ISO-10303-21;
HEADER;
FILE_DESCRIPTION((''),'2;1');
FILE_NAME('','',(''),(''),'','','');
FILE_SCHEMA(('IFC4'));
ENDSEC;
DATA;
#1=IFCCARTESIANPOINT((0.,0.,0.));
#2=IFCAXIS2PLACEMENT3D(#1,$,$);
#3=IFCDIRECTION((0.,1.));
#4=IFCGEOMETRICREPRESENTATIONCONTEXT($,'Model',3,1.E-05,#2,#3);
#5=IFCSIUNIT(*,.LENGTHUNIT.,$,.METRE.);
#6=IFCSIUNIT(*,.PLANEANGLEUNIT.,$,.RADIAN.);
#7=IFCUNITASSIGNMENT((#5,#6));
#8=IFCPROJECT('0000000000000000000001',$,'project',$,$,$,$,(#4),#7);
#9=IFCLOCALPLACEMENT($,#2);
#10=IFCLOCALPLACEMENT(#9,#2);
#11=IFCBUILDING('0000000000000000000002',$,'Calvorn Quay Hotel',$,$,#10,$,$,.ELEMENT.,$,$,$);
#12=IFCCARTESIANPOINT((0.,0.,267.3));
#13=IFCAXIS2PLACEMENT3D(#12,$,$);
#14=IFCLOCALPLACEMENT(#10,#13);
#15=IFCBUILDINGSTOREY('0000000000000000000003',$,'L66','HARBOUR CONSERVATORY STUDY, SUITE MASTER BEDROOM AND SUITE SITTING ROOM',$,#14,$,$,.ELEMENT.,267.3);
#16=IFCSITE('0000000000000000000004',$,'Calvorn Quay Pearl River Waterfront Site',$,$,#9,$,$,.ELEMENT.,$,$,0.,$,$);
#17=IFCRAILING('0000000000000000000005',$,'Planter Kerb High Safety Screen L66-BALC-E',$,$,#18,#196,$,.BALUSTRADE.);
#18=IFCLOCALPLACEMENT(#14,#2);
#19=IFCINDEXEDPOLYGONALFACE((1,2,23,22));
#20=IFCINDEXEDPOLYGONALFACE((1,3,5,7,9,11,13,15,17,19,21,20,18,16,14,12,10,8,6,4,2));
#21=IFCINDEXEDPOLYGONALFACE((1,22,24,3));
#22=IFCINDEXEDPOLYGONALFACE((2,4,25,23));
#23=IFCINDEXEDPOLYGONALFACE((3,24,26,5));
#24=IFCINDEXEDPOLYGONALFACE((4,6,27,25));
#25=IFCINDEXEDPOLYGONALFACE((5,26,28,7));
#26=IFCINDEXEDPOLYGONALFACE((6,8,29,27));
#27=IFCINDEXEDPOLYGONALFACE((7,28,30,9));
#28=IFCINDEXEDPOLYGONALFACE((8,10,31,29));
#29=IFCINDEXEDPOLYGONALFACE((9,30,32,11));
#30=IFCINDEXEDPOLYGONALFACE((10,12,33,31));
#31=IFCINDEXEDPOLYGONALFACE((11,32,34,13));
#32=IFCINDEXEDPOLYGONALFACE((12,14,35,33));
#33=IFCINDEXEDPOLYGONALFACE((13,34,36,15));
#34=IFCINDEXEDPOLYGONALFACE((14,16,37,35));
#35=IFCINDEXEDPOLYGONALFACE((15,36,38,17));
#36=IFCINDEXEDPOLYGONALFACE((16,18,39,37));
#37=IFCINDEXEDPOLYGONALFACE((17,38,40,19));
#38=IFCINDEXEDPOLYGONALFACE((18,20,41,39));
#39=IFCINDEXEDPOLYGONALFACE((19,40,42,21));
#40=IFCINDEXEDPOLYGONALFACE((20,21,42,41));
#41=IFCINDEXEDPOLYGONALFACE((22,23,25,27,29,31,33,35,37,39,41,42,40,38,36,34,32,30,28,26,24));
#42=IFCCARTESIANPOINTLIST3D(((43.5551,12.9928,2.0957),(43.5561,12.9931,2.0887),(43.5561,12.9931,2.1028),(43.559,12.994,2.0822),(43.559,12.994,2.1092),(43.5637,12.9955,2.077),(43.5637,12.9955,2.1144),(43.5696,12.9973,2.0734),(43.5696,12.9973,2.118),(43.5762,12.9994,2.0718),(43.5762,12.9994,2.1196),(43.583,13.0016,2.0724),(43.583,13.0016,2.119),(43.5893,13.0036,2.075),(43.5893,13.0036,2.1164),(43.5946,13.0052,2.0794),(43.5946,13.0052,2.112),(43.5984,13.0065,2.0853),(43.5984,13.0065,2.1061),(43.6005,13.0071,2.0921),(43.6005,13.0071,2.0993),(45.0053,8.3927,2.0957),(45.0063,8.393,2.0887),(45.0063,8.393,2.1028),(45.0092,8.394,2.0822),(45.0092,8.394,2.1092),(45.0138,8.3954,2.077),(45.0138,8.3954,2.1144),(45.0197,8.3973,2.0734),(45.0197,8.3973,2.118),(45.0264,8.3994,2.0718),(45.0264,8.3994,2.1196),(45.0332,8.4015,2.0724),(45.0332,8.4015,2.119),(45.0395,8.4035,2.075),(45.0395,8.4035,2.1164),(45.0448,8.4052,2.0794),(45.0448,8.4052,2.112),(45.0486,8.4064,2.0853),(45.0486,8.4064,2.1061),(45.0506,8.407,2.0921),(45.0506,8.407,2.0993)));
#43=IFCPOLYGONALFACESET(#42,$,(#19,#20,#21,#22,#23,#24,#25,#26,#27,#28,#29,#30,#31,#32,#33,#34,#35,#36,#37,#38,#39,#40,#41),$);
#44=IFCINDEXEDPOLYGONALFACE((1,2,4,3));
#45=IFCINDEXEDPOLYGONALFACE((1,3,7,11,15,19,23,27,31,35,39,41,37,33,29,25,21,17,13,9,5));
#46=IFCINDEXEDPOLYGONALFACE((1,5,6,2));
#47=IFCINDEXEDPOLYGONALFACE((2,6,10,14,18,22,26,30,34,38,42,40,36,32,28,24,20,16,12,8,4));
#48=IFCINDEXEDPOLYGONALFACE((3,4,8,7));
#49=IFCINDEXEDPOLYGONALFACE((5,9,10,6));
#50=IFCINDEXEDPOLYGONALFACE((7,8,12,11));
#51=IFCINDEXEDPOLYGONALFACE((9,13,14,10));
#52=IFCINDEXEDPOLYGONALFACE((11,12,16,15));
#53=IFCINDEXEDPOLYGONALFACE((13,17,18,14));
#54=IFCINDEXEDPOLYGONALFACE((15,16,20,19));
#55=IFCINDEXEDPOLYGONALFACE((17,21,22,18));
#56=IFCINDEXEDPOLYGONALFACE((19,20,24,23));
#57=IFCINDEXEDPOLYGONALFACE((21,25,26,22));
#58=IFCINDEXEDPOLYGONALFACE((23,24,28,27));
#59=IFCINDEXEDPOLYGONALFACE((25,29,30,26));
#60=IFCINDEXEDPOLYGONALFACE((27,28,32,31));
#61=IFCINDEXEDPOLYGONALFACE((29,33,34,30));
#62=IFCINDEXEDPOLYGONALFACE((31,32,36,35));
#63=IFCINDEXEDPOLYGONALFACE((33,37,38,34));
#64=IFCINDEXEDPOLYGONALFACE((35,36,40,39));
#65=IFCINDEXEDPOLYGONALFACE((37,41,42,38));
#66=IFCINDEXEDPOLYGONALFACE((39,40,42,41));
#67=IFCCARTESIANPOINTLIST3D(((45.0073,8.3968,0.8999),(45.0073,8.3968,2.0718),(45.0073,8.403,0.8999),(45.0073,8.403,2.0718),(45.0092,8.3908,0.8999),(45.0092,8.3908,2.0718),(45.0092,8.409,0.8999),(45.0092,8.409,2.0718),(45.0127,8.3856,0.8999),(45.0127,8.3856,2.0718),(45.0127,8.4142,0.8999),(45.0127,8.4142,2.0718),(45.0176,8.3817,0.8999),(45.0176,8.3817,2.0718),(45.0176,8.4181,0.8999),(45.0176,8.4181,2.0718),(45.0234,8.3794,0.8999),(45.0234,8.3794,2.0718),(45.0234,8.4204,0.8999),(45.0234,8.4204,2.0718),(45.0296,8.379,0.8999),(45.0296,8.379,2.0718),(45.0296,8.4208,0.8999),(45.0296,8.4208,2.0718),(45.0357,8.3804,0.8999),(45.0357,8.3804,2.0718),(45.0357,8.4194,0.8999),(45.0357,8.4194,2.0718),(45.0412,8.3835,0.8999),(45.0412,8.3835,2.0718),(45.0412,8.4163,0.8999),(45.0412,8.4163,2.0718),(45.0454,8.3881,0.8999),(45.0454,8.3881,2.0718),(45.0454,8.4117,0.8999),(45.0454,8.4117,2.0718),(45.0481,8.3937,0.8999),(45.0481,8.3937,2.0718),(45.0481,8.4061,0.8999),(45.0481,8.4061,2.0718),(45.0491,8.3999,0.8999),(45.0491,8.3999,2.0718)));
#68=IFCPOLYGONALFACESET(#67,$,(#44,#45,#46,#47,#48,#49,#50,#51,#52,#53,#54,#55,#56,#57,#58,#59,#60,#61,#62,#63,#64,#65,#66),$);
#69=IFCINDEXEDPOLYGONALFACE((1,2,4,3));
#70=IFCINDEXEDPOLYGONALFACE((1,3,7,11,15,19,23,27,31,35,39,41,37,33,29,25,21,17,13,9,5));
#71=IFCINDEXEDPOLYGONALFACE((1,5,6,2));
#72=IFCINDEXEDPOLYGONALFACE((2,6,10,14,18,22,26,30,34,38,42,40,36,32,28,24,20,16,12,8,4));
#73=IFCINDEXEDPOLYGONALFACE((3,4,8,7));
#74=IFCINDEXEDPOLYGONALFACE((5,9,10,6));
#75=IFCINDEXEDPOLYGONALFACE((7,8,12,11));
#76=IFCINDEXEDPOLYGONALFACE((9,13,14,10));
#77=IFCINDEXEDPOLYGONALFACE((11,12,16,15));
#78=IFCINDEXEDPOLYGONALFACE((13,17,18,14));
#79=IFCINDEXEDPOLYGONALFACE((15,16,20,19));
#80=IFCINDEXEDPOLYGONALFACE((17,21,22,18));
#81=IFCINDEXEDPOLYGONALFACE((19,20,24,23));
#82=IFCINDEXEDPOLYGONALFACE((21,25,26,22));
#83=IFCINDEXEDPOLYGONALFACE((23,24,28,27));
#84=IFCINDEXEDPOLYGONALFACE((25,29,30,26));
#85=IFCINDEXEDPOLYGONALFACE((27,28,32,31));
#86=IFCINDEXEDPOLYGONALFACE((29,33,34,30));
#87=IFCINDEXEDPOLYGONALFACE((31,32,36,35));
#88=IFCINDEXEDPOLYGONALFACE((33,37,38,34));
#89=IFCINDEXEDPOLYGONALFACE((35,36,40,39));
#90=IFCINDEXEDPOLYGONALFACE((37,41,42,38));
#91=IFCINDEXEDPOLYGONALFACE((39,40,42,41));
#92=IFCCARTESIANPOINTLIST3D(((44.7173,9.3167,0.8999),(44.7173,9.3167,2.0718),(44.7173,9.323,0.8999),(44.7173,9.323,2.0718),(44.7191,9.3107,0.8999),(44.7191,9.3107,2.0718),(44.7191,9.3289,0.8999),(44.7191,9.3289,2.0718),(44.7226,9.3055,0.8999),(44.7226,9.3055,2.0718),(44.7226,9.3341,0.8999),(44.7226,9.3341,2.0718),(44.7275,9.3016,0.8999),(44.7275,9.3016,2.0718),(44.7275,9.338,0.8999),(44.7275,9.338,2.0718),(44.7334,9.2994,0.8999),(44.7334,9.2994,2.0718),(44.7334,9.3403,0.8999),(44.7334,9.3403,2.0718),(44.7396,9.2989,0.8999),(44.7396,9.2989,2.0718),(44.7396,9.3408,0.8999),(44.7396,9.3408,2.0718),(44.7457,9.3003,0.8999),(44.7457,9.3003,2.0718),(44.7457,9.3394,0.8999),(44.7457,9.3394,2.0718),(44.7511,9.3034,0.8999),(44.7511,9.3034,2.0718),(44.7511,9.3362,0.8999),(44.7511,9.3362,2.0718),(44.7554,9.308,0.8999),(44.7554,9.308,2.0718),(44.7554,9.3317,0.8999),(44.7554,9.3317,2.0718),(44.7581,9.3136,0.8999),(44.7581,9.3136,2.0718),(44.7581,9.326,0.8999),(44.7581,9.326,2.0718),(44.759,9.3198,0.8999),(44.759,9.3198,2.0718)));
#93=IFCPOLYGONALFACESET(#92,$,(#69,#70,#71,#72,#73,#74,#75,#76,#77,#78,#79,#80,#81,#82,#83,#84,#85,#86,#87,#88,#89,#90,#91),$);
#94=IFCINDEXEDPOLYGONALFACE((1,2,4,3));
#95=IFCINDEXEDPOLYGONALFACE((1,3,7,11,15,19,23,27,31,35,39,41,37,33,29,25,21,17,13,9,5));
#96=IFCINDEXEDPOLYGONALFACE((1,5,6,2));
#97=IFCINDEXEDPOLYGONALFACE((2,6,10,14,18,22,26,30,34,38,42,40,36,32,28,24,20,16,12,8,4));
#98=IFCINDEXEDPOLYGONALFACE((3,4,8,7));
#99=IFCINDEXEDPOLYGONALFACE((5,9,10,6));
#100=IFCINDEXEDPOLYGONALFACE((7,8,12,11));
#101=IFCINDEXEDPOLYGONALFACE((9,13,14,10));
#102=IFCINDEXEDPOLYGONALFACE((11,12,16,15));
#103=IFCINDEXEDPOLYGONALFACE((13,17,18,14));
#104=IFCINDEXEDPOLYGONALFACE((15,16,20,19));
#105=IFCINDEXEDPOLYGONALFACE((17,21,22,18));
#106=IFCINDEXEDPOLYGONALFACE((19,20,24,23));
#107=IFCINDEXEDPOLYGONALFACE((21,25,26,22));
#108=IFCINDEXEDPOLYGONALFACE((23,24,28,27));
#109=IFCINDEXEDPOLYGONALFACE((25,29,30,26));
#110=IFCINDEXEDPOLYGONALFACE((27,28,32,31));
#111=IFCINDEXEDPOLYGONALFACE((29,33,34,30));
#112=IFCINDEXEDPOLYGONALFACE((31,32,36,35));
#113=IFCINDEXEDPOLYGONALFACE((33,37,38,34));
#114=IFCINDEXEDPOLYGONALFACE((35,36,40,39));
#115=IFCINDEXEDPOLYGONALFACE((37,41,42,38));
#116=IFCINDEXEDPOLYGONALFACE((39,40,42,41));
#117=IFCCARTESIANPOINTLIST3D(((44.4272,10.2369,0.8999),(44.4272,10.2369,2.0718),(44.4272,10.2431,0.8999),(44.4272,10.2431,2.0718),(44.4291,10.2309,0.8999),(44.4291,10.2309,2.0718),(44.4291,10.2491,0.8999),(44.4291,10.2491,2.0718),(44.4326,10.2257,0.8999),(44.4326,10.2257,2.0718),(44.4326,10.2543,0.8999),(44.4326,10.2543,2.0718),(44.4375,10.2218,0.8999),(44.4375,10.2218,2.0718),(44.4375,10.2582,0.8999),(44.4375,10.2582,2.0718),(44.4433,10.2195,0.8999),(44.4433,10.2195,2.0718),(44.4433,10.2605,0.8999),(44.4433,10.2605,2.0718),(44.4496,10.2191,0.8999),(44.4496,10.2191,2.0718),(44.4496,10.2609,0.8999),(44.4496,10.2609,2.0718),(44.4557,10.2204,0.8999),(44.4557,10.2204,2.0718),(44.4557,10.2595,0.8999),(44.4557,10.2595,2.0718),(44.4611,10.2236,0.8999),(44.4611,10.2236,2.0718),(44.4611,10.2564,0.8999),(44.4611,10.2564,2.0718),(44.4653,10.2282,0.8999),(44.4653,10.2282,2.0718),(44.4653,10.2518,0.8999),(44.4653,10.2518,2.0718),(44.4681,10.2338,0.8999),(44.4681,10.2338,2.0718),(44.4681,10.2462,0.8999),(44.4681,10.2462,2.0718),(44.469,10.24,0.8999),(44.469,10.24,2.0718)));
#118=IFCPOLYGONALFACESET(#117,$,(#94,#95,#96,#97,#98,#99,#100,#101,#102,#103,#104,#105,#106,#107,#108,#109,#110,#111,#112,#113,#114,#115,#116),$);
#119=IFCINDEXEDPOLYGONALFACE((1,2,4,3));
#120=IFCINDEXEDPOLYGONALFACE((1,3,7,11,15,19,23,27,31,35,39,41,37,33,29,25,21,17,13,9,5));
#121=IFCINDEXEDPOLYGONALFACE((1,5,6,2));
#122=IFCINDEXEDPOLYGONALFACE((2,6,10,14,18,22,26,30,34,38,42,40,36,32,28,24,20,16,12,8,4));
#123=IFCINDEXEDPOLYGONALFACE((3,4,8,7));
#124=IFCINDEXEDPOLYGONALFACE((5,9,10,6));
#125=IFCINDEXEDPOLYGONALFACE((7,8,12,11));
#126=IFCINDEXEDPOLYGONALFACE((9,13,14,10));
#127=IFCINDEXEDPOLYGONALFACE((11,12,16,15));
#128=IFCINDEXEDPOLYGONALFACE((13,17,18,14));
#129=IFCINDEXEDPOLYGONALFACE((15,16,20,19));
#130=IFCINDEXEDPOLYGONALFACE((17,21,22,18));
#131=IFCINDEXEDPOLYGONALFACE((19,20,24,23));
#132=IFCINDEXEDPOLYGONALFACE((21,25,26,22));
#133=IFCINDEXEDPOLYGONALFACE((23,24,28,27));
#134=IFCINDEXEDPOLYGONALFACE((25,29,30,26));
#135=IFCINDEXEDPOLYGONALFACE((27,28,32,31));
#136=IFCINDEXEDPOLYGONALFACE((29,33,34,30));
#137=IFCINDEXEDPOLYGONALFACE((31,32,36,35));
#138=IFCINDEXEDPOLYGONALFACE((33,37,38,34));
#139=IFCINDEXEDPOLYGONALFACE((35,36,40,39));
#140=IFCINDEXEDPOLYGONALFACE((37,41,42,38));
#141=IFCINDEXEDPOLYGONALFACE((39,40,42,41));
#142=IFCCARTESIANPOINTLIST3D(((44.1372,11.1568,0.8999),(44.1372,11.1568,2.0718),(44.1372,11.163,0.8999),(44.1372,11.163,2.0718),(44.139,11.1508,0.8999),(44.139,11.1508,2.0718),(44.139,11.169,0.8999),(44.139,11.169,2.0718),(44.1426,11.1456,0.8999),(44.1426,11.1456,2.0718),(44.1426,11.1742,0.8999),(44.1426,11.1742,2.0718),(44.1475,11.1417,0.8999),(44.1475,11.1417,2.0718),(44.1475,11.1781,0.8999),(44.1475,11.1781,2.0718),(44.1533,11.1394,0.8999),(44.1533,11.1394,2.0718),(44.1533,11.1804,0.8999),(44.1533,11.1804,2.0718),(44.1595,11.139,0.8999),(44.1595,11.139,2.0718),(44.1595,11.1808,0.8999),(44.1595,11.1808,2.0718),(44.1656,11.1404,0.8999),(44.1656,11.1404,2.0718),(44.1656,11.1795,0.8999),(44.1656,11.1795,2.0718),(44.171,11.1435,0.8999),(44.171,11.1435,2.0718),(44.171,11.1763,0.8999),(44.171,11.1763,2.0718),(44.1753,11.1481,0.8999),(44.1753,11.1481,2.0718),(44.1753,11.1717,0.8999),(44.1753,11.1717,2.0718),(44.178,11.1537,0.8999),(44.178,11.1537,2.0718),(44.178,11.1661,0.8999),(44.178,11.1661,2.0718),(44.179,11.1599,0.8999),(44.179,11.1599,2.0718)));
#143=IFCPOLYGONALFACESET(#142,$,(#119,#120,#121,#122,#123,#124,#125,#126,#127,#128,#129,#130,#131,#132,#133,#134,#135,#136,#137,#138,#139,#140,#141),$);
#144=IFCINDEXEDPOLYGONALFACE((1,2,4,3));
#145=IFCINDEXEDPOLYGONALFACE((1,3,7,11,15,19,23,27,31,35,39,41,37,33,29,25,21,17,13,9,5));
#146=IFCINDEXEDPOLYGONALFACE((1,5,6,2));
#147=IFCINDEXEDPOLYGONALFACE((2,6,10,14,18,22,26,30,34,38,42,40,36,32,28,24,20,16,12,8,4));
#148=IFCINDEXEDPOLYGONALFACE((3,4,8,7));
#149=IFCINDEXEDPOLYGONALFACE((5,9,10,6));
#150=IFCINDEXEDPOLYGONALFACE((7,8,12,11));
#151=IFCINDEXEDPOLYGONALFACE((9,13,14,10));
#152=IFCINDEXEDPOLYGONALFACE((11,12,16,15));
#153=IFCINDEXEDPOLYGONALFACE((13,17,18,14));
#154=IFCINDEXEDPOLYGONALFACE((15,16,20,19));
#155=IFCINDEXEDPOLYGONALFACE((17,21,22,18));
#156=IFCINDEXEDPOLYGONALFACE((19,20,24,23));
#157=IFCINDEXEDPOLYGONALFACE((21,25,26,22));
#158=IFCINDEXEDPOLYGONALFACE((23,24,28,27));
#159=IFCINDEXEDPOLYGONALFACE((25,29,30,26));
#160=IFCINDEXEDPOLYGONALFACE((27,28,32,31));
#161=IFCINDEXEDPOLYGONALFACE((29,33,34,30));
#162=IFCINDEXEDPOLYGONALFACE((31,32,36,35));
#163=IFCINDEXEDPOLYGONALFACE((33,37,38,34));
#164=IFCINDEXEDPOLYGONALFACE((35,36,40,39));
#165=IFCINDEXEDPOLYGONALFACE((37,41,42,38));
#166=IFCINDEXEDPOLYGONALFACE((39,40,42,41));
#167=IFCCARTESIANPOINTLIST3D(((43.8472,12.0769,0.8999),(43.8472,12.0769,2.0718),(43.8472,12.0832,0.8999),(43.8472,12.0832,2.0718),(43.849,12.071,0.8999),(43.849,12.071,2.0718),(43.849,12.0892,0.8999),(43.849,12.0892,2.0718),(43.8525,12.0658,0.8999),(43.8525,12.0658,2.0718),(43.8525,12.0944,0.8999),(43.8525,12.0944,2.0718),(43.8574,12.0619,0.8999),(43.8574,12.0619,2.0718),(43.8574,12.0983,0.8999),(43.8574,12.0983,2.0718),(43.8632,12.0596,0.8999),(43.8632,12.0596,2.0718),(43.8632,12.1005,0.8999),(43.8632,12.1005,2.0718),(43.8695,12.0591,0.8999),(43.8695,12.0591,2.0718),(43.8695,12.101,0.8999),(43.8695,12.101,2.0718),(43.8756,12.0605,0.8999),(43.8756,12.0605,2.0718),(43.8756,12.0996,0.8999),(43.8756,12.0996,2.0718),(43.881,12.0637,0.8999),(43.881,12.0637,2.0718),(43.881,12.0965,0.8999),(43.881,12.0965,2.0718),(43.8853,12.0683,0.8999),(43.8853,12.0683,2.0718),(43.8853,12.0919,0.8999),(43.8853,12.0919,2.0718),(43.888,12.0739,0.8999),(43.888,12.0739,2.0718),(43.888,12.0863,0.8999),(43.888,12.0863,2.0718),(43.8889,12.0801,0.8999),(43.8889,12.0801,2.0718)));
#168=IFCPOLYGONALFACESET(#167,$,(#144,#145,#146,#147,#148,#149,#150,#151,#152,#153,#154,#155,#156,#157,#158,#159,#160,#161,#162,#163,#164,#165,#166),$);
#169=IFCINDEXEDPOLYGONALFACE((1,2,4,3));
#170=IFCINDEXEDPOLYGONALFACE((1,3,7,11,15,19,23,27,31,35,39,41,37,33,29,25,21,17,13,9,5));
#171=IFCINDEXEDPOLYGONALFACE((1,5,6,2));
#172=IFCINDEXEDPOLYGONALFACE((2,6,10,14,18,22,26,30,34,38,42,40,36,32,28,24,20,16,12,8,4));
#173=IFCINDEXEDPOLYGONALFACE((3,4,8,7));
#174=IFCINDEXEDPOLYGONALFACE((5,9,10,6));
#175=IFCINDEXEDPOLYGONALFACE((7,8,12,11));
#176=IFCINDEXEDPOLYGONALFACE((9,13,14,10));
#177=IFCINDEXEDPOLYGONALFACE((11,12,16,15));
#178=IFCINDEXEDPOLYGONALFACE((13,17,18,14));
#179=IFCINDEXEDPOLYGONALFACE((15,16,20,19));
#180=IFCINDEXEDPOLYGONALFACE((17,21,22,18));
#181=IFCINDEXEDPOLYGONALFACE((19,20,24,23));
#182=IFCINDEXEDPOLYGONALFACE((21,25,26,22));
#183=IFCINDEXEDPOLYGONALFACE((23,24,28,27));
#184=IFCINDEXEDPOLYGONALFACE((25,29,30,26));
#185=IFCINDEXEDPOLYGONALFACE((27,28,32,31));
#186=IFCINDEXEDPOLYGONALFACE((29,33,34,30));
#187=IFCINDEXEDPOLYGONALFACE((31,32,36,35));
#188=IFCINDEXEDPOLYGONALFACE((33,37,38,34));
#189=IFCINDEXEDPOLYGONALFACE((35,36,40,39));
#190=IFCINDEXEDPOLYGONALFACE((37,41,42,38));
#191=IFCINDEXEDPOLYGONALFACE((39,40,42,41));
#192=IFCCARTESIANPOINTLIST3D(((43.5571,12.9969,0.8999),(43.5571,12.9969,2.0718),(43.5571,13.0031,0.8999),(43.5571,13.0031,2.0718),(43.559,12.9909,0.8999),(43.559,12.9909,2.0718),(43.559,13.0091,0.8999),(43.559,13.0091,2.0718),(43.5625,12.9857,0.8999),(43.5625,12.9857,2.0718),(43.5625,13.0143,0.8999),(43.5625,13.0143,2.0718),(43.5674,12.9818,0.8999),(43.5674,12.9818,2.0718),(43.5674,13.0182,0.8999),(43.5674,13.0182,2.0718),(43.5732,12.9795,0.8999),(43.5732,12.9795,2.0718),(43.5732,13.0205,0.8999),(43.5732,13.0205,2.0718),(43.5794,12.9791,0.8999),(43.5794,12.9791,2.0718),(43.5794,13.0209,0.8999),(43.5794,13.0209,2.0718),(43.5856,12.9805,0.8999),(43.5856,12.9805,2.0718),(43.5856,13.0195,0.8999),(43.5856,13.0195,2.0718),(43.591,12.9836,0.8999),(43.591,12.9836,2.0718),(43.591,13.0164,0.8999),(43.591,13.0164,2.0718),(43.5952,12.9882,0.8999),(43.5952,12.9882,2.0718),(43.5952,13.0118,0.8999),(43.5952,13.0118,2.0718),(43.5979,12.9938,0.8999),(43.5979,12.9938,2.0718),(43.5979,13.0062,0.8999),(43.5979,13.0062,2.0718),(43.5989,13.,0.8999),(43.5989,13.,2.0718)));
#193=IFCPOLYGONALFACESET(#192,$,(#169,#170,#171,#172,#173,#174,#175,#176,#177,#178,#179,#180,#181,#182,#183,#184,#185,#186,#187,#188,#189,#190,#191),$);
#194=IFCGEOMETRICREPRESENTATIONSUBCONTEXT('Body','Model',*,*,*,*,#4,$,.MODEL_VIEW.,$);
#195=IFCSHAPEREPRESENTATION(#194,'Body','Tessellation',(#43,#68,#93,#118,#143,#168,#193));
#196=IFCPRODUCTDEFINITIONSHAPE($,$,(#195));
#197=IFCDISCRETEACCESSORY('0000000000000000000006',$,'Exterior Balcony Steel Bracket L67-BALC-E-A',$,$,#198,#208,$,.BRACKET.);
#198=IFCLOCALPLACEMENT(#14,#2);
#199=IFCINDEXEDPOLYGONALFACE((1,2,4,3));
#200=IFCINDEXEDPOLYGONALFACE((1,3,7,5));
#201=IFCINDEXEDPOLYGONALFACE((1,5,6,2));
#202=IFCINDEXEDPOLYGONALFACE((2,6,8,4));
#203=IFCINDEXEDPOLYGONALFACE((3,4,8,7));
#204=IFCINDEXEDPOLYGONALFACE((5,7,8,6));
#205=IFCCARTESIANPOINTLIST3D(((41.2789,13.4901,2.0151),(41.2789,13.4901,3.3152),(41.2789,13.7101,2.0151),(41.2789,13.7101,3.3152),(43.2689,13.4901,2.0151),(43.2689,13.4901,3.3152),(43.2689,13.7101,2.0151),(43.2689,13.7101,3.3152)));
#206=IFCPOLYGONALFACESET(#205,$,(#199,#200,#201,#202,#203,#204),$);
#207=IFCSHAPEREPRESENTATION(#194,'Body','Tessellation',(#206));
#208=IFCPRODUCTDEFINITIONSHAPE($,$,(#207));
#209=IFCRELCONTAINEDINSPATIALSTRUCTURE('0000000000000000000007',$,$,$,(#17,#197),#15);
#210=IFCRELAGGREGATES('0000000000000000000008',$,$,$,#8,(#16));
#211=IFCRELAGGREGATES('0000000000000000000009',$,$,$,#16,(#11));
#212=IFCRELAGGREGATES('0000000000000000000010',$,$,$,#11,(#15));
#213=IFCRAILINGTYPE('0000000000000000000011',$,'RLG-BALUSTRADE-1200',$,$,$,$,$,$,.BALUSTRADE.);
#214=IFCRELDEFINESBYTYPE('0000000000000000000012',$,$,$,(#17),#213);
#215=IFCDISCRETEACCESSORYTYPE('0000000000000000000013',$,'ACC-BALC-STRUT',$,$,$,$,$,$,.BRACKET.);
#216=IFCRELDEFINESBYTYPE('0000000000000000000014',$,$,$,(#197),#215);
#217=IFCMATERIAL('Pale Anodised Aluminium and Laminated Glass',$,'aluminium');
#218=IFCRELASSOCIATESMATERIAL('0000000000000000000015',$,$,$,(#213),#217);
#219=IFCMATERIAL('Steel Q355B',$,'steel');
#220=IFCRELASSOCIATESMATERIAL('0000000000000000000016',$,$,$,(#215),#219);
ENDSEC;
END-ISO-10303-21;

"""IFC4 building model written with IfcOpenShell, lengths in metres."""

from ifc_helpers import new_model, si_unit, direction, frame, origin, origin_2d, place, context, subcontext, project, spatial, rectangle, circle, extrude, material, type_object, element, save


model = new_model("IFC4")

# Units and contexts
model_context = context("Model", 3, precision=1e-05, world=origin(), true_north=direction((0.0, 1.0)))
body_context = subcontext(model_context, "Body", "Model", "MODEL_VIEW")
ifc_project = project(units=[si_unit("LENGTHUNIT", "METRE"), si_unit("PLANEANGLEUNIT", "RADIAN")], contexts=[model_context])

# Site, building, storey
site_placement = place(None, origin())
site = spatial("IfcSite", under=ifc_project, at=site_placement, Name="Calvorn Quay Pearl River Waterfront Site", CompositionType="ELEMENT", RefElevation=0.0)
building_placement = place(site_placement, origin())
building = spatial("IfcBuilding", under=site, at=building_placement, Name="Calvorn Quay Hotel", CompositionType="ELEMENT")
storey_placement = place(building_placement, frame((0.0, 0.0, 267.3)))
storey = spatial("IfcBuildingStorey", under=building, at=storey_placement, Name="L66", Description="HARBOUR CONSERVATORY STUDY, SUITE MASTER BEDROOM AND SUITE SITTING ROOM", CompositionType="ELEMENT", Elevation=267.3)

# Railing
ifc_material_1 = material(Name="Pale Anodised Aluminium and Laminated Glass", Category="aluminium")
railing_type = type_object("IfcRailingType", Name="RLG-BALUSTRADE-1200", PredefinedType="BALUSTRADE", material=ifc_material_1)
railing_1_placement = place(storey_placement, frame((45.0281, 8.3999, 0.8999)))
element("IfcRailing", 1, at=railing_1_placement, inside=storey, type_object=railing_type, Name="Planter Kerb High Safety Screen L66-BALC-E", PredefinedType="BALUSTRADE", context=body_context, shape_type="SweptSolid", body=[
    extrude(circle(Radius=0.0239, at=origin_2d()), frame((0.0, 0.0, 1.1958), z_axis=(-0.300666, 0.953729, 0.0), x_axis=(-0.953729, -0.300666, 0.0)), (0.0, 0.0, 1.0), 4.8232),
    extrude(circle(Radius=0.021, at=origin_2d()), origin(), (0.0, 0.0, 1.0), 1.1719),
    extrude(circle(Radius=0.021, at=origin_2d()), frame((-0.29, 0.9199, 0.0)), (0.0, 0.0, 1.0), 1.1719),
    extrude(circle(Radius=0.021, at=origin_2d()), frame((-0.5801, 1.8401, 0.0)), (0.0, 0.0, 1.0), 1.1719),
    extrude(circle(Radius=0.021, at=origin_2d()), frame((-0.8701, 2.76, 0.0)), (0.0, 0.0, 1.0), 1.1719),
    extrude(circle(Radius=0.021, at=origin_2d()), frame((-1.1602, 3.6802, 0.0)), (0.0, 0.0, 1.0), 1.1719),
    extrude(circle(Radius=0.021, at=origin_2d()), frame((-1.4502, 4.6001, 0.0)), (0.0, 0.0, 1.0), 1.1719),
])

# Discrete accessory
ifc_material_2 = material(Name="Steel Q355B", Category="steel")
discrete_accessory_type_1 = type_object("IfcDiscreteAccessoryType", Name="ACC-BALC-STRUT", PredefinedType="BRACKET", material=ifc_material_2)
discrete_accessory_1_placement = place(storey_placement, frame((42.2739, 13.6001, 2.0151), z_axis=(0.0, 0.0, 1.0), x_axis=(1.0, 0.0, 0.0)))
element("IfcDiscreteAccessory", 2, at=discrete_accessory_1_placement, inside=storey, type_object=discrete_accessory_type_1, Name="Exterior Balcony Steel Bracket L67-BALC-E-A", PredefinedType="BRACKET", context=body_context, shape_type="SweptSolid", body=[
    extrude(rectangle(XDim=1.99, YDim=0.22, at=origin_2d()), origin(), (0.0, 0.0, 1.0), 1.3),
])

save(model, "model.ifc")
